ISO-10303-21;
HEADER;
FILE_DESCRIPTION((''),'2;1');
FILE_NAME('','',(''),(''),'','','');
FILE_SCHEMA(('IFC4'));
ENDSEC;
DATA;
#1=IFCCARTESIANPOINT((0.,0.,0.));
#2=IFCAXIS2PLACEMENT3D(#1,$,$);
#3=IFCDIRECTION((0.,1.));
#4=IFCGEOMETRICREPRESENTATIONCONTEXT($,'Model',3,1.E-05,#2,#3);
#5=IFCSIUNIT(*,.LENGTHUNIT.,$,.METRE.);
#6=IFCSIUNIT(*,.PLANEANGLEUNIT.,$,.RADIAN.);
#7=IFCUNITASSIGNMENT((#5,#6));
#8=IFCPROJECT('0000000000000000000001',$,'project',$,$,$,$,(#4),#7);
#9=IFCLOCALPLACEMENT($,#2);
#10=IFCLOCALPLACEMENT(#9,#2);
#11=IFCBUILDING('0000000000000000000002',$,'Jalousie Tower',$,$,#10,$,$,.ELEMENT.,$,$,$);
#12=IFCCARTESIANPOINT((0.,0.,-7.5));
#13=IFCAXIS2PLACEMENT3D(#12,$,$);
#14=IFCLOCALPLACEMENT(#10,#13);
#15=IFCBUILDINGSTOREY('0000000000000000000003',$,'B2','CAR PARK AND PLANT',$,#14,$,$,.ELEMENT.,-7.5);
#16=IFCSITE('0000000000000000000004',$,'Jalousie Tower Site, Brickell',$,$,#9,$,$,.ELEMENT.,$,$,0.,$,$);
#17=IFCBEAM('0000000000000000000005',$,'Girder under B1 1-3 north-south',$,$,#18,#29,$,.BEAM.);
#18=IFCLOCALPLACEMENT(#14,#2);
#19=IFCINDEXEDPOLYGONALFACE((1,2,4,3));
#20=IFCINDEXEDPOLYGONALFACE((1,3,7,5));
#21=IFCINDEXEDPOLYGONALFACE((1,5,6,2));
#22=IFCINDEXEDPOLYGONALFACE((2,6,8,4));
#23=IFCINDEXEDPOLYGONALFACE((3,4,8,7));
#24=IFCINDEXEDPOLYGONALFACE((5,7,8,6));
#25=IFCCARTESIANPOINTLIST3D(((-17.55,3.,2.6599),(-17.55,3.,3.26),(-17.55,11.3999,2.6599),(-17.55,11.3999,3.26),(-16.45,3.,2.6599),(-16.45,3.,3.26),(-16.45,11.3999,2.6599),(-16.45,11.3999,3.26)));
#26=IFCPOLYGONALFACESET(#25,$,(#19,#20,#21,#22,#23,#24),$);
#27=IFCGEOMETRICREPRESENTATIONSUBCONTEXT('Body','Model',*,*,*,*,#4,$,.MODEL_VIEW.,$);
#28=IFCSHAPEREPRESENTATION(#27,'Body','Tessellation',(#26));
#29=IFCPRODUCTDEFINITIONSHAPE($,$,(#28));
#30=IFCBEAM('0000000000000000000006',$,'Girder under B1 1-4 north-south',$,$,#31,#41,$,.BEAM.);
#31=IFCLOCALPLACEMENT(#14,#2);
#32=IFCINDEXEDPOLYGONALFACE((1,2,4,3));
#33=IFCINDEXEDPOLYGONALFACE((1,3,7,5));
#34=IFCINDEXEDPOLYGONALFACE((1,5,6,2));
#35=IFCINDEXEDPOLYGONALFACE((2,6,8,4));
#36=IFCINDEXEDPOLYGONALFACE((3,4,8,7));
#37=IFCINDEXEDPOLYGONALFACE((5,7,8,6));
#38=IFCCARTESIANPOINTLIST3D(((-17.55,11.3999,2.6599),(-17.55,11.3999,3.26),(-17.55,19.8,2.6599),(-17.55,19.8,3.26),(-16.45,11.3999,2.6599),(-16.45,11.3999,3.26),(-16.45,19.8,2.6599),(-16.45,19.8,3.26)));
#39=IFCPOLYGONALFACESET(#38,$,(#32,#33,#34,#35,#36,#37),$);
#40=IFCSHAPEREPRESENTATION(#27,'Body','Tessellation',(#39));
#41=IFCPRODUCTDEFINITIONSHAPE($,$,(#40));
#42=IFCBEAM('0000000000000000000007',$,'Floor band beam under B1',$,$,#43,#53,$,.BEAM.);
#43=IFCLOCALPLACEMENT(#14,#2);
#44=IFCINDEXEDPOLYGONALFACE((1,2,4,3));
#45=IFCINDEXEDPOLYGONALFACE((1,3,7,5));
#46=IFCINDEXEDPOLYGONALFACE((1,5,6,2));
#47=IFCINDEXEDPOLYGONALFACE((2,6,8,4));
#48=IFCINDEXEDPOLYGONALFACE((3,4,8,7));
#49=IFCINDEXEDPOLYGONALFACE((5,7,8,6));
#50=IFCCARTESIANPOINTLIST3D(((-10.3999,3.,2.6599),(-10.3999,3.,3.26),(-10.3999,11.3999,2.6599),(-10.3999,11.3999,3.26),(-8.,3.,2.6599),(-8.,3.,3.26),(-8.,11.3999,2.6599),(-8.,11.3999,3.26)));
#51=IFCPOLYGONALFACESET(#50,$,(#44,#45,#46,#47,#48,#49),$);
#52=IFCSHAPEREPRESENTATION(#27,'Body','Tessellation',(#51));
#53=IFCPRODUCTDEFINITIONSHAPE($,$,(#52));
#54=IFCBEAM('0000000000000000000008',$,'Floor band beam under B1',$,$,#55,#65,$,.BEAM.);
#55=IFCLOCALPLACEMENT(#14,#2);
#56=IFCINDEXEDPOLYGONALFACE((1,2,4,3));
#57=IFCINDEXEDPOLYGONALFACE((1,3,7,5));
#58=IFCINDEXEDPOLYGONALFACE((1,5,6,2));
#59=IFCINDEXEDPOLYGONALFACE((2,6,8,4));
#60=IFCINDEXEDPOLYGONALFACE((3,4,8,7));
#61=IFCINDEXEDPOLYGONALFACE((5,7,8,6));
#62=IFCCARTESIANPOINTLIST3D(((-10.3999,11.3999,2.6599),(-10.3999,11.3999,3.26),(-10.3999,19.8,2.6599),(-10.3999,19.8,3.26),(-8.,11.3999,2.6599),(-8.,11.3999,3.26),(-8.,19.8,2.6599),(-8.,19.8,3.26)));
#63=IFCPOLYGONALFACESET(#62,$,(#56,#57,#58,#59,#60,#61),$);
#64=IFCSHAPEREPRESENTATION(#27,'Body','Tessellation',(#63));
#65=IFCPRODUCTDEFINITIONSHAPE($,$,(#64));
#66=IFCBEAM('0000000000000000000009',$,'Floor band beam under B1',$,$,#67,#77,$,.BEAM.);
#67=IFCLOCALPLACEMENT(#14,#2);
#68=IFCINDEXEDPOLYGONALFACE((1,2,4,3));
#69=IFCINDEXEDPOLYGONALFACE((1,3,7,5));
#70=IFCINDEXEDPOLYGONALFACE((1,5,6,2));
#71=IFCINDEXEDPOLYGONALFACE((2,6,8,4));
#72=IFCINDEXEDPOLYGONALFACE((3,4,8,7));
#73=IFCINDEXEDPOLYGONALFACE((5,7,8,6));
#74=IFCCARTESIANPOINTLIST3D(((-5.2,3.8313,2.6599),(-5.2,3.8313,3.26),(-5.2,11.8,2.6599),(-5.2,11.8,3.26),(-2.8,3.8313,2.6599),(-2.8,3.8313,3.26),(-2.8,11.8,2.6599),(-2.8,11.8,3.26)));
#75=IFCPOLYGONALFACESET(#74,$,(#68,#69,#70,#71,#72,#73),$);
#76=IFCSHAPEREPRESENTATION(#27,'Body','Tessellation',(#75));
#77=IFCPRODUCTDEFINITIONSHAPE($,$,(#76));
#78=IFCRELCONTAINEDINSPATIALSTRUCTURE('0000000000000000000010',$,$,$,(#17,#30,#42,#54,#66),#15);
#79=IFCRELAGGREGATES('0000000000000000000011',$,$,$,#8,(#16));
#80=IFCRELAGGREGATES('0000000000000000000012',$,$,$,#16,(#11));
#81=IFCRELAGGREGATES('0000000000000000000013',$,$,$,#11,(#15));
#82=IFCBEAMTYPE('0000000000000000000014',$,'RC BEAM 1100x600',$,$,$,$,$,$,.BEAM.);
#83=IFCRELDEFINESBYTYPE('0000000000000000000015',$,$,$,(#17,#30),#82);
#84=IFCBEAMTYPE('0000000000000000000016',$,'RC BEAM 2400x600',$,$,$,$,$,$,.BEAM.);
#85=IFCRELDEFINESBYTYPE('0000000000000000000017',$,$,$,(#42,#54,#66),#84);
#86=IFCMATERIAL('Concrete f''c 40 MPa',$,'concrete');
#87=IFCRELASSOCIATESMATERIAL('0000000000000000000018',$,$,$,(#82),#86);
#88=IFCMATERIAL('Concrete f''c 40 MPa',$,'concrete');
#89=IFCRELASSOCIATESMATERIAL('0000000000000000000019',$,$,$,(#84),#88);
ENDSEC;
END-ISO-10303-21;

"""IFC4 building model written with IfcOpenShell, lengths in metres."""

from ifc_helpers import new_model, si_unit, direction, frame, origin, origin_2d, place, context, subcontext, project, spatial, rectangle, extrude, material, material_profile, profile_set, type_object, element, save


model = new_model("IFC4")

# Units and contexts
model_context = context("Model", 3, precision=1e-05, world=origin(), true_north=direction((0.0, 1.0)))
body_context = subcontext(model_context, "Body", "Model", "MODEL_VIEW")
ifc_project = project(units=[si_unit("LENGTHUNIT", "METRE"), si_unit("PLANEANGLEUNIT", "RADIAN")], contexts=[model_context])

# Site, building, storey
site_placement = place(None, origin())
site = spatial("IfcSite", under=ifc_project, at=site_placement, Name="Jalousie Tower Site, Brickell", CompositionType="ELEMENT", RefElevation=0.0)
building_placement = place(site_placement, origin())
building = spatial("IfcBuilding", under=site, at=building_placement, Name="Jalousie Tower", CompositionType="ELEMENT")
storey_placement = place(building_placement, frame((0.0, 0.0, -7.5)))
storey = spatial("IfcBuildingStorey", under=building, at=storey_placement, Name="B2", Description="CAR PARK AND PLANT", CompositionType="ELEMENT", Elevation=-7.5)

# Beams
ifc_material_1 = material(Name="Concrete f'c 40 MPa", Category="concrete")
ifc_material_profile_1 = material_profile(ifc_material_1, rectangle(XDim=1.1001, YDim=0.6001, at=origin_2d()), Name="RC 1100x600")
ifc_profile_set_1 = profile_set([ifc_material_profile_1], Name="Concrete f'c 40 MPa")
beam_type_1 = type_object("IfcBeamType", Name="RC BEAM 1100x600", PredefinedType="BEAM", material=ifc_profile_set_1)
beam_1_placement = place(storey_placement, frame((-17.0, 3.0, 2.96), z_axis=(0.0, 1.0, 0.0), x_axis=(-1.0, 0.0, 0.0)))
element("IfcBeam", 1, at=beam_1_placement, inside=storey, type_object=beam_type_1, Name="Girder under B1 1-3 north-south", PredefinedType="BEAM", context=body_context, shape_type="SweptSolid", body=[
    extrude(rectangle(XDim=1.1001, YDim=0.6001, at=origin_2d()), origin(), (0.0, 0.0, 1.0), 8.3999),
])
beam_2_placement = place(storey_placement, frame((-17.0, 11.3999, 2.96), z_axis=(0.0, 1.0, 0.0), x_axis=(-1.0, 0.0, 0.0)))
element("IfcBeam", 2, at=beam_2_placement, inside=storey, type_object=beam_type_1, Name="Girder under B1 1-4 north-south", PredefinedType="BEAM", context=body_context, shape_type="SweptSolid", body=[
    extrude(rectangle(XDim=1.1001, YDim=0.6001, at=origin_2d()), origin(), (0.0, 0.0, 1.0), 8.4001),
])
ifc_material_2 = material(Name="Concrete f'c 40 MPa", Category="concrete")
ifc_material_profile_2 = material_profile(ifc_material_2, rectangle(XDim=2.3999, YDim=0.6001, at=origin_2d()), Name="RC 2400x600")
ifc_profile_set_2 = profile_set([ifc_material_profile_2], Name="Concrete f'c 40 MPa")
beam_type_2 = type_object("IfcBeamType", Name="RC BEAM 2400x600", PredefinedType="BEAM", material=ifc_profile_set_2)
beam_3_placement = place(storey_placement, frame((-9.2, 3.0, 2.96), z_axis=(0.0, 1.0, 0.0), x_axis=(-1.0, 0.0, 0.0)))
element("IfcBeam", 3, at=beam_3_placement, inside=storey, type_object=beam_type_2, Name="Floor band beam under B1", PredefinedType="BEAM", context=body_context, shape_type="SweptSolid", body=[
    extrude(rectangle(XDim=2.3999, YDim=0.6001, at=origin_2d()), origin(), (0.0, 0.0, 1.0), 8.3999),
])
beam_4_placement = place(storey_placement, frame((-9.2, 11.3999, 2.96), z_axis=(0.0, 1.0, 0.0), x_axis=(-1.0, 0.0, 0.0)))
element("IfcBeam", 4, at=beam_4_placement, inside=storey, type_object=beam_type_2, Name="Floor band beam under B1", PredefinedType="BEAM", context=body_context, shape_type="SweptSolid", body=[
    extrude(rectangle(XDim=2.3999, YDim=0.6001, at=origin_2d()), origin(), (0.0, 0.0, 1.0), 8.4001),
])
beam_5_placement = place(storey_placement, frame((-4.0, 3.8313, 2.96), z_axis=(0.0, 1.0, 0.0), x_axis=(-1.0, 0.0, 0.0)))
element("IfcBeam", 5, at=beam_5_placement, inside=storey, type_object=beam_type_2, Name="Floor band beam under B1", PredefinedType="BEAM", context=body_context, shape_type="SweptSolid", body=[
    extrude(rectangle(XDim=2.3999, YDim=0.6001, at=origin_2d()), origin(), (0.0, 0.0, 1.0), 7.9688),
])

save(model, "model.ifc")
